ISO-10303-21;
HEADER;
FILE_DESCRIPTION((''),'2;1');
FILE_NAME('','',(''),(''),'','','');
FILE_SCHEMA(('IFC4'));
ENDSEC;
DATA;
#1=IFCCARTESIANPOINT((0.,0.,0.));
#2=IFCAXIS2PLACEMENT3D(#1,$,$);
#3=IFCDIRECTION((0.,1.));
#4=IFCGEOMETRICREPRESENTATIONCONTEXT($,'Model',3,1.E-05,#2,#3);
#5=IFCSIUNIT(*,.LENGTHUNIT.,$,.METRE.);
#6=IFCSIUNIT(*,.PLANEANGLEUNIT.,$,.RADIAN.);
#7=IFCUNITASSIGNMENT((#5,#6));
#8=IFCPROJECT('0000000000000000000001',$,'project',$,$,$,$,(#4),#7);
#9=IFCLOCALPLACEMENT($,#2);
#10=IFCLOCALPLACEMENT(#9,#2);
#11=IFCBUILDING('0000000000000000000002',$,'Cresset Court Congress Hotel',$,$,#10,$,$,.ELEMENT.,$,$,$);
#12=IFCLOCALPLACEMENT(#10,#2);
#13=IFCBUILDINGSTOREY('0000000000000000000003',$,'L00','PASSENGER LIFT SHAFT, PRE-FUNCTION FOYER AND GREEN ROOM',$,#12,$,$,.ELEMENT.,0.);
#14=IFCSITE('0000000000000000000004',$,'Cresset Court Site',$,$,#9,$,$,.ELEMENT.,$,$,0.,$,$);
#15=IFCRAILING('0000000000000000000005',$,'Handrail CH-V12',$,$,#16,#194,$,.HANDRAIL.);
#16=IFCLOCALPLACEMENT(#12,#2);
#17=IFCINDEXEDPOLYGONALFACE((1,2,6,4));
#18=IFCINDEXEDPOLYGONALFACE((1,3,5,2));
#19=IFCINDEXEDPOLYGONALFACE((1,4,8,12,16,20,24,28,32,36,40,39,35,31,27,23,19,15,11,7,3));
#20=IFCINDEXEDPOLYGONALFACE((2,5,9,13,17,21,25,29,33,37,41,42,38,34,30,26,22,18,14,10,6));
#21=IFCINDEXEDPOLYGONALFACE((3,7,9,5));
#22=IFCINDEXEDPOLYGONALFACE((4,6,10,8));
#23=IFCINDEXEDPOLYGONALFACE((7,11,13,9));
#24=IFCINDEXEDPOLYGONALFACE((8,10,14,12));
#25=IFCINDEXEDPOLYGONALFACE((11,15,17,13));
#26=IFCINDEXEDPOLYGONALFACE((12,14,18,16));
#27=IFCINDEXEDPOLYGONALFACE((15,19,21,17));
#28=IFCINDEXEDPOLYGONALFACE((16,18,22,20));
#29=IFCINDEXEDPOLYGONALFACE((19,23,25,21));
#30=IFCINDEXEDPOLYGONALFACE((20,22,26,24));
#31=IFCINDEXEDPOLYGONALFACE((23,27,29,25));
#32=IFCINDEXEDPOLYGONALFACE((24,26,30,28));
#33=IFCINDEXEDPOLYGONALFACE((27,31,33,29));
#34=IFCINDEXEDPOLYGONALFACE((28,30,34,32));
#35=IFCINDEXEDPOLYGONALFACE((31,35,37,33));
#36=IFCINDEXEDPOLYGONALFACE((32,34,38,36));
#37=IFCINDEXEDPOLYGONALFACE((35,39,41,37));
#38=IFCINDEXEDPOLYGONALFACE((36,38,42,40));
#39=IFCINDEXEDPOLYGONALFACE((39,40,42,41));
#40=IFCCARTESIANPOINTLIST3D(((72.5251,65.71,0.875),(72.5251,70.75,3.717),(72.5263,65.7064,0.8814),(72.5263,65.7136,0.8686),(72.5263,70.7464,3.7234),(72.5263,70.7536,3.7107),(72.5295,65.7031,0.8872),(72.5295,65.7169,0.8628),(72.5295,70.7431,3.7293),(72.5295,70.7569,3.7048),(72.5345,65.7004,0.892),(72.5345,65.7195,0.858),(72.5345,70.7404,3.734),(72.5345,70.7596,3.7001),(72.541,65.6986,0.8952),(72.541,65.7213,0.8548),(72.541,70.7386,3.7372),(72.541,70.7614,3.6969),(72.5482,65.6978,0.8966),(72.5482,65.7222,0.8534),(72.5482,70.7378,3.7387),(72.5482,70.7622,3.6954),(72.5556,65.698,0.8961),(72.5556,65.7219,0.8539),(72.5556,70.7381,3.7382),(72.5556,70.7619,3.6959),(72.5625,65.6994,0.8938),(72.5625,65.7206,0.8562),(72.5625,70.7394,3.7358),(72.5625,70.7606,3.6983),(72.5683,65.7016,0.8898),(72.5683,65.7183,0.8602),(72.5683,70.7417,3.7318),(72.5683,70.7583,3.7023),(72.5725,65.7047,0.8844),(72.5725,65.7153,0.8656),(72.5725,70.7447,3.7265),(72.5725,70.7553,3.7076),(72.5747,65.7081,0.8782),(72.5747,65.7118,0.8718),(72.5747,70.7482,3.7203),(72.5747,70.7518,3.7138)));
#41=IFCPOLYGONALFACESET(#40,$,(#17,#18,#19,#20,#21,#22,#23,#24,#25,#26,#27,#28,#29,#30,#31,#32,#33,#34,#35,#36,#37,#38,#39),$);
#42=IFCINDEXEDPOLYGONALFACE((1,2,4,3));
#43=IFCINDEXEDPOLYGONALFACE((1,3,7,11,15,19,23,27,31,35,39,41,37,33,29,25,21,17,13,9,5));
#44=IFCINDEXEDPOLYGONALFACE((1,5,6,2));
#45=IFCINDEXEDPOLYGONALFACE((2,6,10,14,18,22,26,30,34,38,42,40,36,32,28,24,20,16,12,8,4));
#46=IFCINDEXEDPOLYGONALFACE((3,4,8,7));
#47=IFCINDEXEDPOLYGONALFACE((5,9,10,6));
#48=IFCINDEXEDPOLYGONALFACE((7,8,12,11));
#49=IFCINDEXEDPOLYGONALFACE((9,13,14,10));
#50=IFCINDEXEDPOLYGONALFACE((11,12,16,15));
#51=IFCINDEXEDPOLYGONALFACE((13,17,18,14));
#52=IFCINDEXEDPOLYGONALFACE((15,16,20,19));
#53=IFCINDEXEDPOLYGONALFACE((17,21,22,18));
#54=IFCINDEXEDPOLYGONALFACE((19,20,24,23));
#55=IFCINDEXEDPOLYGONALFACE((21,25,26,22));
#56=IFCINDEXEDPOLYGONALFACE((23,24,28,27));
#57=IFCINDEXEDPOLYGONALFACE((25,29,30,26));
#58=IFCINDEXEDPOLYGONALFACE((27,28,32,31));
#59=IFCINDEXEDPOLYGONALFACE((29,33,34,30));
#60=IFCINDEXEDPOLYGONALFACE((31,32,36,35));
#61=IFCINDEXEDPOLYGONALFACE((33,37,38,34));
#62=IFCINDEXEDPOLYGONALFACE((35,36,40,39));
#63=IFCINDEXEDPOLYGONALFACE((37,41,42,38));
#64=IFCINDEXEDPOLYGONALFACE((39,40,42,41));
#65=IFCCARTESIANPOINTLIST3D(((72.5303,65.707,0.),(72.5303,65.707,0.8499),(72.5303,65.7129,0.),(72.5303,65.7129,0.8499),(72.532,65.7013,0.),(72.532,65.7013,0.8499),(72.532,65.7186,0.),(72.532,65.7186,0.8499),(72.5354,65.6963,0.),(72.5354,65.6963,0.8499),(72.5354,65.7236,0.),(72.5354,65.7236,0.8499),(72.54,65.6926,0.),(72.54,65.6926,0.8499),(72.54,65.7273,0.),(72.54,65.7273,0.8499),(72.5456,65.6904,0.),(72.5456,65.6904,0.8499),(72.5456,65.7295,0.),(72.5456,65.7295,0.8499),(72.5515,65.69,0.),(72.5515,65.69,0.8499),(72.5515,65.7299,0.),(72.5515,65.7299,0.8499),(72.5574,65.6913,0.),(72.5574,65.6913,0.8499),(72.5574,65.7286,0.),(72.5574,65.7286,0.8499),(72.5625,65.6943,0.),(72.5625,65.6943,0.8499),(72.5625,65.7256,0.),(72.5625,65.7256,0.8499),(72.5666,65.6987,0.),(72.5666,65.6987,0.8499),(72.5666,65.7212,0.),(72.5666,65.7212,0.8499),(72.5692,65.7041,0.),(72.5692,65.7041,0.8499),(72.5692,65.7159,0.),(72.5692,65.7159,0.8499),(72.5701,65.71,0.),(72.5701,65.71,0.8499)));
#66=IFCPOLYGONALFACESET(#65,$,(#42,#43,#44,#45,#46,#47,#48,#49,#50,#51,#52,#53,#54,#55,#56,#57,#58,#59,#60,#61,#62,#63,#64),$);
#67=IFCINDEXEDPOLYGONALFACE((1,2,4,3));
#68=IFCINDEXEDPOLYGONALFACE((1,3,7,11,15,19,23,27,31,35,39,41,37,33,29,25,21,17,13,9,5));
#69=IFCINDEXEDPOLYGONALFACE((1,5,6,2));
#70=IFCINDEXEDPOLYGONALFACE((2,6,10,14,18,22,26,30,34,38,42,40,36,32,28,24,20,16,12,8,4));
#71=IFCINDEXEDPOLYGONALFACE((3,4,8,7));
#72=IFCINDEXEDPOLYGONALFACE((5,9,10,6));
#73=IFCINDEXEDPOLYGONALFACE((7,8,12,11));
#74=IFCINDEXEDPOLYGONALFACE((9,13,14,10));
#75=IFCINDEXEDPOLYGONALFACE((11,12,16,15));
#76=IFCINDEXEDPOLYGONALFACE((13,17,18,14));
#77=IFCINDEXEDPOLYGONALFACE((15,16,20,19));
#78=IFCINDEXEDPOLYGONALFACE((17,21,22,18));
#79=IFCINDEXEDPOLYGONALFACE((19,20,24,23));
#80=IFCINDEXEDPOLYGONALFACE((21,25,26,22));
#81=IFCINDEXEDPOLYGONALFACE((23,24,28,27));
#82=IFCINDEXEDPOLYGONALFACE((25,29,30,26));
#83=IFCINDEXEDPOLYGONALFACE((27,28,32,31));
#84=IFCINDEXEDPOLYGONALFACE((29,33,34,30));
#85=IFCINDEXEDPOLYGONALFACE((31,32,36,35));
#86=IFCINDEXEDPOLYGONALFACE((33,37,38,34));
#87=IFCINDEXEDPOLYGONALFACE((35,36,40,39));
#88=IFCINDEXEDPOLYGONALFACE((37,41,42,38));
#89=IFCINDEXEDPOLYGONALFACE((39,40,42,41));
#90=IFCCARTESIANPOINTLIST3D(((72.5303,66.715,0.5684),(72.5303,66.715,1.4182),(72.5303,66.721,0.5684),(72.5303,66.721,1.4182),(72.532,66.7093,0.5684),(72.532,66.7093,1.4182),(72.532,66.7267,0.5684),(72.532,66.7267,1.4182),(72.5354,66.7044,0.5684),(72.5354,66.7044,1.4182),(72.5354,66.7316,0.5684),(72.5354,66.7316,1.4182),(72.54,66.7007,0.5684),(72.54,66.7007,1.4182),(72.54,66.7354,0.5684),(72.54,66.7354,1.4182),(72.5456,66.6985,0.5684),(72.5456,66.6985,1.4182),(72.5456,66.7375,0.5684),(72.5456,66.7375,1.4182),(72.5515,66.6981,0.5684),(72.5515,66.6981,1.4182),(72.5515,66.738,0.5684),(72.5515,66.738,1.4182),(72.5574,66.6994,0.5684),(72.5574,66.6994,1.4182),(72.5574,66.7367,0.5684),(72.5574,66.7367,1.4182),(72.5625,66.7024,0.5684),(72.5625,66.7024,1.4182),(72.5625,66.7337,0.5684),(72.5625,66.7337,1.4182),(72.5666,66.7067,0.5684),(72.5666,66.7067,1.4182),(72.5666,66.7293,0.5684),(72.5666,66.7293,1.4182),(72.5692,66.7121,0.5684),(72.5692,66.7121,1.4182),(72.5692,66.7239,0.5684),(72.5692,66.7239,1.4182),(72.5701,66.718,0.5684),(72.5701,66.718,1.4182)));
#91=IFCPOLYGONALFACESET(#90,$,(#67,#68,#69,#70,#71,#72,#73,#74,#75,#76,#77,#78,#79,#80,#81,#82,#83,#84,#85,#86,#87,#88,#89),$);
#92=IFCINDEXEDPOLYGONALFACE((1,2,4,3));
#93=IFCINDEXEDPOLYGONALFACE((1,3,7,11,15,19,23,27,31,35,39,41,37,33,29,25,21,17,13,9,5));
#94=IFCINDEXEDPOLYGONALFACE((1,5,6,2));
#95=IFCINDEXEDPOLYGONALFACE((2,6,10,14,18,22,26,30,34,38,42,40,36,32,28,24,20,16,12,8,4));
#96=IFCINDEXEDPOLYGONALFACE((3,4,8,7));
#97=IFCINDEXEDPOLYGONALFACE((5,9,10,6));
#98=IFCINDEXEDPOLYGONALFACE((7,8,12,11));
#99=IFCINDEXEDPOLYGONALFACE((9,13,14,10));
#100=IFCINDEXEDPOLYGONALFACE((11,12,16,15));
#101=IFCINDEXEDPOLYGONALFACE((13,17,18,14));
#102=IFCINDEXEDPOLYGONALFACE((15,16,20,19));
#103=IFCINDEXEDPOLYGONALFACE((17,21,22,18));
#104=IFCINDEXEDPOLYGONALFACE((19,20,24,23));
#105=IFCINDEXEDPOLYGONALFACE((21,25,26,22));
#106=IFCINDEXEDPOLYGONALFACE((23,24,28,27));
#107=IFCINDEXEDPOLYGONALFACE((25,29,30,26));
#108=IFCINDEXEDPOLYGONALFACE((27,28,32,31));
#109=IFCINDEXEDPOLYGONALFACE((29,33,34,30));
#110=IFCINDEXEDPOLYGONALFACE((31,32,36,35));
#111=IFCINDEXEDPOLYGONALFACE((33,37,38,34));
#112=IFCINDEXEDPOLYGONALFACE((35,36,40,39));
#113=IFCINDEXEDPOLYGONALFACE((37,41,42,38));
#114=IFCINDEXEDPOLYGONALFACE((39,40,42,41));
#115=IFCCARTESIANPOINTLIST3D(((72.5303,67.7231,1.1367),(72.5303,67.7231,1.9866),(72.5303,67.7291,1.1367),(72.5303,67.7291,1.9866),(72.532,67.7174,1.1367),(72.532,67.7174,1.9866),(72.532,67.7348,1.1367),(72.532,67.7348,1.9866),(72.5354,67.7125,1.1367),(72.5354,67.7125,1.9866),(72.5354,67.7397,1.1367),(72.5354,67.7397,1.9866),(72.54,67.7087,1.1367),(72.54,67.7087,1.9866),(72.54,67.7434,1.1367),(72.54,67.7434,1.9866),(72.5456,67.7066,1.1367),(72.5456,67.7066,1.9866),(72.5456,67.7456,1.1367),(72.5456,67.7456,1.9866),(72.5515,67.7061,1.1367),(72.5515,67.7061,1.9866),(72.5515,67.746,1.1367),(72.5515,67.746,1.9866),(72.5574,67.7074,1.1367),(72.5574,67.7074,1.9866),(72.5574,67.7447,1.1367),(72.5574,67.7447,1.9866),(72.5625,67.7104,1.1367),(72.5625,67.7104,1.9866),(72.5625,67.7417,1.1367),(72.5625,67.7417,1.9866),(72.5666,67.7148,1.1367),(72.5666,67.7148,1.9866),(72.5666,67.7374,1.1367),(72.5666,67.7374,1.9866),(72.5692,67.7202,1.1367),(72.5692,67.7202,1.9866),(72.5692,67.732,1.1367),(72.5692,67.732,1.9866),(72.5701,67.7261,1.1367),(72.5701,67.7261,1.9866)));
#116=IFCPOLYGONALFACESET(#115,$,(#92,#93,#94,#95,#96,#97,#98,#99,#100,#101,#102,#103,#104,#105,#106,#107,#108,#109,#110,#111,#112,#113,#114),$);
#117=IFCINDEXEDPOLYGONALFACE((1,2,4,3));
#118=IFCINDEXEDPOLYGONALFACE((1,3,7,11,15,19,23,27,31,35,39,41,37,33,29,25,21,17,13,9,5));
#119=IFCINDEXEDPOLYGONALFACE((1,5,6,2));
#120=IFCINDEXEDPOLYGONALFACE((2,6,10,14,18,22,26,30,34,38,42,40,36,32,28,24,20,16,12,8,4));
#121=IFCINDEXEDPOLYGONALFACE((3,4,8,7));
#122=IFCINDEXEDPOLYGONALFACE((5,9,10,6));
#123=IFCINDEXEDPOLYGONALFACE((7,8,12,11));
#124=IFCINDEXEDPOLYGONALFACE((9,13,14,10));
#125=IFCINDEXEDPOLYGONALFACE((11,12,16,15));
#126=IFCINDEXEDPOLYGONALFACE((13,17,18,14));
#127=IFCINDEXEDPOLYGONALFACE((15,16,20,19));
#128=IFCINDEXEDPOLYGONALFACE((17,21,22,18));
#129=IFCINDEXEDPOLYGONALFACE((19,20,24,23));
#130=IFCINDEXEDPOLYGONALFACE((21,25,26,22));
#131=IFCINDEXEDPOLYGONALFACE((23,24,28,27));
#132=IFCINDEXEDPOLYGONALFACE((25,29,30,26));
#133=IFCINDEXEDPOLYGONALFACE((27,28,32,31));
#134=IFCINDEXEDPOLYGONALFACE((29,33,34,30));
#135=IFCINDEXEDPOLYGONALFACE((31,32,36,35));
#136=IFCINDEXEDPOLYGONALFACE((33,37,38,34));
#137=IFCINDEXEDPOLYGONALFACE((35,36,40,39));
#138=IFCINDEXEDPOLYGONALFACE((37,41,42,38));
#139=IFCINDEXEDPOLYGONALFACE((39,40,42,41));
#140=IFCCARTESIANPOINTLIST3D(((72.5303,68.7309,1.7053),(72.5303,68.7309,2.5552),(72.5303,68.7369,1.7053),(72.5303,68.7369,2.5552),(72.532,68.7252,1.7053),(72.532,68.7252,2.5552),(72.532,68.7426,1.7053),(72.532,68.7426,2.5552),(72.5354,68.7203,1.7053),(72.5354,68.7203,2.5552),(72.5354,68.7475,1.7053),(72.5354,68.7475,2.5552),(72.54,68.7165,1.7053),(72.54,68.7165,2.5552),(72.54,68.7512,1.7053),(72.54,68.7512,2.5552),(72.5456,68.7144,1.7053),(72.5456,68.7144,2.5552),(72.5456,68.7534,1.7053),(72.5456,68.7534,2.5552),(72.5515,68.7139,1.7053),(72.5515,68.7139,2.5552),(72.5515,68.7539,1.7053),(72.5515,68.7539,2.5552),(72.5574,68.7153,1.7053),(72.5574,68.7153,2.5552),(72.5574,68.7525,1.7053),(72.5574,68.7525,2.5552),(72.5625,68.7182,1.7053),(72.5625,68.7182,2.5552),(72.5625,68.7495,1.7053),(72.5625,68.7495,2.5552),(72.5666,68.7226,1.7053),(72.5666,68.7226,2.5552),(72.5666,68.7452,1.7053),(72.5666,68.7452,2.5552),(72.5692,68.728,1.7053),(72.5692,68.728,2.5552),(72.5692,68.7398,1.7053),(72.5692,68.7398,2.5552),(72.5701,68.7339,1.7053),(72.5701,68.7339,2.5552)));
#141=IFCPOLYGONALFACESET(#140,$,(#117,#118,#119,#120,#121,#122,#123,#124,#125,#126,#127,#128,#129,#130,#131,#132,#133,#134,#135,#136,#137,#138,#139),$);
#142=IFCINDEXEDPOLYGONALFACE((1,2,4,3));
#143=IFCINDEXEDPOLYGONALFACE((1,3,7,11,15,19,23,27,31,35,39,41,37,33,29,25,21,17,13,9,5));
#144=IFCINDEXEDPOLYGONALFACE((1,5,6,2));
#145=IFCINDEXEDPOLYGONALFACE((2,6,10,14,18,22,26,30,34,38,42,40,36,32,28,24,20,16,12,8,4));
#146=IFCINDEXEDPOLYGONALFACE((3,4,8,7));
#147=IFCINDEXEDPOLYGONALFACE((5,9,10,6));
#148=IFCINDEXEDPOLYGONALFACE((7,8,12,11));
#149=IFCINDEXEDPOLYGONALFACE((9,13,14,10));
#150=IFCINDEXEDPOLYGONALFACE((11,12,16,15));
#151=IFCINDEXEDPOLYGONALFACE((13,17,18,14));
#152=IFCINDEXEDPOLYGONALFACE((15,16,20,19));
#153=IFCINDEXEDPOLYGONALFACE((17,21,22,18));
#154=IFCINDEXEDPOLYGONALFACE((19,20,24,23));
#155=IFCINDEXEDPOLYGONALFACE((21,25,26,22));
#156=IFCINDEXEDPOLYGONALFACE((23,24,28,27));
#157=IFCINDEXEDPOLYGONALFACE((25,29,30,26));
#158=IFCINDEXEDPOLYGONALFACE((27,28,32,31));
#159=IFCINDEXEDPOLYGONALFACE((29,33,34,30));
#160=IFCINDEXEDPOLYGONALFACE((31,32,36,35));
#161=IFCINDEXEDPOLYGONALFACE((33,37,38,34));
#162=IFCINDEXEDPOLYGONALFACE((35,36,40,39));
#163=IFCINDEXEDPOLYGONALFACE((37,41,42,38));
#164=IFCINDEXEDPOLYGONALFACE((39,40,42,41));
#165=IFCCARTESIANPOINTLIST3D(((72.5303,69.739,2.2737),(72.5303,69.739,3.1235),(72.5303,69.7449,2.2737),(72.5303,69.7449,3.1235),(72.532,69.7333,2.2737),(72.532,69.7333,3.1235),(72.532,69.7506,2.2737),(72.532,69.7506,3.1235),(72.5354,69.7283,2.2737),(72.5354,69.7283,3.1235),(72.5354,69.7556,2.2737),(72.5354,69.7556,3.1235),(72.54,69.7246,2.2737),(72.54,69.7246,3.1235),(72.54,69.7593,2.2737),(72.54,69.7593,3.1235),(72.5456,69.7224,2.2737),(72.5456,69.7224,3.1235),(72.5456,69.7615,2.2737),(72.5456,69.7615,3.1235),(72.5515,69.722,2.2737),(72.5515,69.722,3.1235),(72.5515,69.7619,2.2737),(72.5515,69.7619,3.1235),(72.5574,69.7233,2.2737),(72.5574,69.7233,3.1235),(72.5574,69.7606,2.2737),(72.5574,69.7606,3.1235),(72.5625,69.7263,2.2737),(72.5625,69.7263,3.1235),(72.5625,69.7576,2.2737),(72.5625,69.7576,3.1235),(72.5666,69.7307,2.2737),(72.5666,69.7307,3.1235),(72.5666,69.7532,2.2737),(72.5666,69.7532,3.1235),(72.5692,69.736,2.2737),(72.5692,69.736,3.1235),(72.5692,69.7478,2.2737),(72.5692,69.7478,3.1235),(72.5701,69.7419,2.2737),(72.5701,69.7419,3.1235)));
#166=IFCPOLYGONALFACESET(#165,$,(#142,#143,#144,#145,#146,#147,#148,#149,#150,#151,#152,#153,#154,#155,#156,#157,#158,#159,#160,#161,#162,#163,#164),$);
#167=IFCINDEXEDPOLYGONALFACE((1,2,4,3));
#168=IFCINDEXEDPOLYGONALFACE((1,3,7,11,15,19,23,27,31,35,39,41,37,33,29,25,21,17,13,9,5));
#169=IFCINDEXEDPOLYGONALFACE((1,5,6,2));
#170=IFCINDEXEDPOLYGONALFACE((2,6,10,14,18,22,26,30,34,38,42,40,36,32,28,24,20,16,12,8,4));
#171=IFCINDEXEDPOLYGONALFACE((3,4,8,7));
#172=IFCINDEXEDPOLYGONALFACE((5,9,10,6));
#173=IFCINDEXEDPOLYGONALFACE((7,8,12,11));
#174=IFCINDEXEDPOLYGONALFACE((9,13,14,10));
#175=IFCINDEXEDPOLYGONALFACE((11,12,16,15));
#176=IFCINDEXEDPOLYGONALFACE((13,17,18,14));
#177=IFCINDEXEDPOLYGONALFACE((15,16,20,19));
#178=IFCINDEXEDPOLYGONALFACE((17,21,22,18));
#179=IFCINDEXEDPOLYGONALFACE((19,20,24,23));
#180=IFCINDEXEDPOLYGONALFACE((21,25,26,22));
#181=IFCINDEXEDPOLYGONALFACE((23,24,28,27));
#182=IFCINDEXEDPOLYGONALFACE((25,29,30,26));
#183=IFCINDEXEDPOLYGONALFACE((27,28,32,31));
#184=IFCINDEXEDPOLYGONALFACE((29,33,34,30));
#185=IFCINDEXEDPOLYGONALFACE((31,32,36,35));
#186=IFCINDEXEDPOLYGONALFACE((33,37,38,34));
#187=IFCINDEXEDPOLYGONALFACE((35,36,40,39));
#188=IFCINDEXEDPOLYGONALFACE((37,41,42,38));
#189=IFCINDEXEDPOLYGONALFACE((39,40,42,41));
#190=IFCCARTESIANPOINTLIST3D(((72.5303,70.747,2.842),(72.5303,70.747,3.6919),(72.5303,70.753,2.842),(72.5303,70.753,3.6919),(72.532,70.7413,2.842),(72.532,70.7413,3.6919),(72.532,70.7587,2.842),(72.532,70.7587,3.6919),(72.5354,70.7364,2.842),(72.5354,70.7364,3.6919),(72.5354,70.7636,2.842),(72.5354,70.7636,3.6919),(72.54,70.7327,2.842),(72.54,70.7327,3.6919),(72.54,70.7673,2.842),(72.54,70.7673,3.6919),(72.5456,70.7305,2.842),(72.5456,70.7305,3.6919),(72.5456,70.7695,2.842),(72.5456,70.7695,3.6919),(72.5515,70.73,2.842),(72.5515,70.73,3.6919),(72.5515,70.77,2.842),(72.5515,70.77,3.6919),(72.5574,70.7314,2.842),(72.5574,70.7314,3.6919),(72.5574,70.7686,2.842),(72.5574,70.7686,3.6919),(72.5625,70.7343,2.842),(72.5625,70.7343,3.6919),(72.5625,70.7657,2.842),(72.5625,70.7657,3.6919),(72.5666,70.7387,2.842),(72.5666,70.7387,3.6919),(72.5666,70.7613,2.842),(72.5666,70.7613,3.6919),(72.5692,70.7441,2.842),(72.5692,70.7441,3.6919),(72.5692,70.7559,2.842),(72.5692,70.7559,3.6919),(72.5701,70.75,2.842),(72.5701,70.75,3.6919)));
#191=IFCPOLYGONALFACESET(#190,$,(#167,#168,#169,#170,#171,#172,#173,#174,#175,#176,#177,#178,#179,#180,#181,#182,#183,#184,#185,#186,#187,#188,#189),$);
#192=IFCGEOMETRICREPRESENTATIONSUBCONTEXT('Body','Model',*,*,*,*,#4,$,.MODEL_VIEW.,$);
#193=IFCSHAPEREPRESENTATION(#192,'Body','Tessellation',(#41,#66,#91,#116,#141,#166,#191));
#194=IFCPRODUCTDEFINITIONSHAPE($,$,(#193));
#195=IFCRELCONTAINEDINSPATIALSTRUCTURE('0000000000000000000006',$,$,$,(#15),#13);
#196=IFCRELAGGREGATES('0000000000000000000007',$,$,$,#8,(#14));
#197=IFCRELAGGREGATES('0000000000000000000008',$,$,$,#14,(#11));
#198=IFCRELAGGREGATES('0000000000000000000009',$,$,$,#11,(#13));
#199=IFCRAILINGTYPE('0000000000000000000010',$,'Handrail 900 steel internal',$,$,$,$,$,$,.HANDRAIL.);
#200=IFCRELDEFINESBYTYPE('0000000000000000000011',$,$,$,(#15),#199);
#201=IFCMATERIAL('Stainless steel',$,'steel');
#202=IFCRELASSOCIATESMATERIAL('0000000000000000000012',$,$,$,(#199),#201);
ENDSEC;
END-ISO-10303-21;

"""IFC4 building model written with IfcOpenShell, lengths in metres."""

from ifc_helpers import new_model, si_unit, direction, frame, origin, origin_2d, place, context, subcontext, project, spatial, circle, extrude, material, type_object, element, save


model = new_model("IFC4")

# Units and contexts
model_context = context("Model", 3, precision=1e-05, world=origin(), true_north=direction((0.0, 1.0)))
body_context = subcontext(model_context, "Body", "Model", "MODEL_VIEW")
ifc_project = project(units=[si_unit("LENGTHUNIT", "METRE"), si_unit("PLANEANGLEUNIT", "RADIAN")], contexts=[model_context])

# Site, building, storey
site_placement = place(None, origin())
site = spatial("IfcSite", under=ifc_project, at=site_placement, Name="Cresset Court Site", CompositionType="ELEMENT", RefElevation=0.0)
building_placement = place(site_placement, origin())
building = spatial("IfcBuilding", under=site, at=building_placement, Name="Cresset Court Congress Hotel", CompositionType="ELEMENT")
storey_placement = place(building_placement, origin())
storey = spatial("IfcBuildingStorey", under=building, at=storey_placement, Name="L00", Description="PASSENGER LIFT SHAFT, PRE-FUNCTION FOYER AND GREEN ROOM", CompositionType="ELEMENT", Elevation=0.0)

# Railing
ifc_material_1 = material(Name="Stainless steel", Category="steel")
railing_type_1 = type_object("IfcRailingType", Name="Handrail 900 steel internal", PredefinedType="HANDRAIL", material=ifc_material_1)
for number, where, name in (
    (1, (72.55, 65.71, 0.0), "Handrail CH-V12"),
):
    element("IfcRailing", number, at=place(storey_placement, frame(where)), inside=storey, type_object=railing_type_1, Name=name, PredefinedType="HANDRAIL", context=body_context, shape_type="SweptSolid", body=[
        extrude(circle(Radius=0.0249, at=origin_2d()), frame((0.0, 0.0, 0.875), z_axis=(0.0, 0.871057, 0.491182), x_axis=(-1.0, 0.0, 0.0)), (0.0, 0.0, 1.0), 5.7861),
        extrude(circle(Radius=0.02, at=origin_2d()), origin(), (0.0, 0.0, 1.0), 0.8499),
        extrude(circle(Radius=0.02, at=origin_2d()), frame((0.0, 1.0081, 0.5684)), (0.0, 0.0, 1.0), 0.8499),
        extrude(circle(Radius=0.02, at=origin_2d()), frame((0.0, 2.0161, 1.1367)), (0.0, 0.0, 1.0), 0.8499),
        extrude(circle(Radius=0.02, at=origin_2d()), frame((0.0, 3.0239, 1.7053)), (0.0, 0.0, 1.0), 0.8499),
        extrude(circle(Radius=0.02, at=origin_2d()), frame((0.0, 4.032, 2.2737)), (0.0, 0.0, 1.0), 0.8499),
        extrude(circle(Radius=0.02, at=origin_2d()), frame((0.0, 5.04, 2.842)), (0.0, 0.0, 1.0), 0.8499),
    ])

save(model, "model.ifc")
